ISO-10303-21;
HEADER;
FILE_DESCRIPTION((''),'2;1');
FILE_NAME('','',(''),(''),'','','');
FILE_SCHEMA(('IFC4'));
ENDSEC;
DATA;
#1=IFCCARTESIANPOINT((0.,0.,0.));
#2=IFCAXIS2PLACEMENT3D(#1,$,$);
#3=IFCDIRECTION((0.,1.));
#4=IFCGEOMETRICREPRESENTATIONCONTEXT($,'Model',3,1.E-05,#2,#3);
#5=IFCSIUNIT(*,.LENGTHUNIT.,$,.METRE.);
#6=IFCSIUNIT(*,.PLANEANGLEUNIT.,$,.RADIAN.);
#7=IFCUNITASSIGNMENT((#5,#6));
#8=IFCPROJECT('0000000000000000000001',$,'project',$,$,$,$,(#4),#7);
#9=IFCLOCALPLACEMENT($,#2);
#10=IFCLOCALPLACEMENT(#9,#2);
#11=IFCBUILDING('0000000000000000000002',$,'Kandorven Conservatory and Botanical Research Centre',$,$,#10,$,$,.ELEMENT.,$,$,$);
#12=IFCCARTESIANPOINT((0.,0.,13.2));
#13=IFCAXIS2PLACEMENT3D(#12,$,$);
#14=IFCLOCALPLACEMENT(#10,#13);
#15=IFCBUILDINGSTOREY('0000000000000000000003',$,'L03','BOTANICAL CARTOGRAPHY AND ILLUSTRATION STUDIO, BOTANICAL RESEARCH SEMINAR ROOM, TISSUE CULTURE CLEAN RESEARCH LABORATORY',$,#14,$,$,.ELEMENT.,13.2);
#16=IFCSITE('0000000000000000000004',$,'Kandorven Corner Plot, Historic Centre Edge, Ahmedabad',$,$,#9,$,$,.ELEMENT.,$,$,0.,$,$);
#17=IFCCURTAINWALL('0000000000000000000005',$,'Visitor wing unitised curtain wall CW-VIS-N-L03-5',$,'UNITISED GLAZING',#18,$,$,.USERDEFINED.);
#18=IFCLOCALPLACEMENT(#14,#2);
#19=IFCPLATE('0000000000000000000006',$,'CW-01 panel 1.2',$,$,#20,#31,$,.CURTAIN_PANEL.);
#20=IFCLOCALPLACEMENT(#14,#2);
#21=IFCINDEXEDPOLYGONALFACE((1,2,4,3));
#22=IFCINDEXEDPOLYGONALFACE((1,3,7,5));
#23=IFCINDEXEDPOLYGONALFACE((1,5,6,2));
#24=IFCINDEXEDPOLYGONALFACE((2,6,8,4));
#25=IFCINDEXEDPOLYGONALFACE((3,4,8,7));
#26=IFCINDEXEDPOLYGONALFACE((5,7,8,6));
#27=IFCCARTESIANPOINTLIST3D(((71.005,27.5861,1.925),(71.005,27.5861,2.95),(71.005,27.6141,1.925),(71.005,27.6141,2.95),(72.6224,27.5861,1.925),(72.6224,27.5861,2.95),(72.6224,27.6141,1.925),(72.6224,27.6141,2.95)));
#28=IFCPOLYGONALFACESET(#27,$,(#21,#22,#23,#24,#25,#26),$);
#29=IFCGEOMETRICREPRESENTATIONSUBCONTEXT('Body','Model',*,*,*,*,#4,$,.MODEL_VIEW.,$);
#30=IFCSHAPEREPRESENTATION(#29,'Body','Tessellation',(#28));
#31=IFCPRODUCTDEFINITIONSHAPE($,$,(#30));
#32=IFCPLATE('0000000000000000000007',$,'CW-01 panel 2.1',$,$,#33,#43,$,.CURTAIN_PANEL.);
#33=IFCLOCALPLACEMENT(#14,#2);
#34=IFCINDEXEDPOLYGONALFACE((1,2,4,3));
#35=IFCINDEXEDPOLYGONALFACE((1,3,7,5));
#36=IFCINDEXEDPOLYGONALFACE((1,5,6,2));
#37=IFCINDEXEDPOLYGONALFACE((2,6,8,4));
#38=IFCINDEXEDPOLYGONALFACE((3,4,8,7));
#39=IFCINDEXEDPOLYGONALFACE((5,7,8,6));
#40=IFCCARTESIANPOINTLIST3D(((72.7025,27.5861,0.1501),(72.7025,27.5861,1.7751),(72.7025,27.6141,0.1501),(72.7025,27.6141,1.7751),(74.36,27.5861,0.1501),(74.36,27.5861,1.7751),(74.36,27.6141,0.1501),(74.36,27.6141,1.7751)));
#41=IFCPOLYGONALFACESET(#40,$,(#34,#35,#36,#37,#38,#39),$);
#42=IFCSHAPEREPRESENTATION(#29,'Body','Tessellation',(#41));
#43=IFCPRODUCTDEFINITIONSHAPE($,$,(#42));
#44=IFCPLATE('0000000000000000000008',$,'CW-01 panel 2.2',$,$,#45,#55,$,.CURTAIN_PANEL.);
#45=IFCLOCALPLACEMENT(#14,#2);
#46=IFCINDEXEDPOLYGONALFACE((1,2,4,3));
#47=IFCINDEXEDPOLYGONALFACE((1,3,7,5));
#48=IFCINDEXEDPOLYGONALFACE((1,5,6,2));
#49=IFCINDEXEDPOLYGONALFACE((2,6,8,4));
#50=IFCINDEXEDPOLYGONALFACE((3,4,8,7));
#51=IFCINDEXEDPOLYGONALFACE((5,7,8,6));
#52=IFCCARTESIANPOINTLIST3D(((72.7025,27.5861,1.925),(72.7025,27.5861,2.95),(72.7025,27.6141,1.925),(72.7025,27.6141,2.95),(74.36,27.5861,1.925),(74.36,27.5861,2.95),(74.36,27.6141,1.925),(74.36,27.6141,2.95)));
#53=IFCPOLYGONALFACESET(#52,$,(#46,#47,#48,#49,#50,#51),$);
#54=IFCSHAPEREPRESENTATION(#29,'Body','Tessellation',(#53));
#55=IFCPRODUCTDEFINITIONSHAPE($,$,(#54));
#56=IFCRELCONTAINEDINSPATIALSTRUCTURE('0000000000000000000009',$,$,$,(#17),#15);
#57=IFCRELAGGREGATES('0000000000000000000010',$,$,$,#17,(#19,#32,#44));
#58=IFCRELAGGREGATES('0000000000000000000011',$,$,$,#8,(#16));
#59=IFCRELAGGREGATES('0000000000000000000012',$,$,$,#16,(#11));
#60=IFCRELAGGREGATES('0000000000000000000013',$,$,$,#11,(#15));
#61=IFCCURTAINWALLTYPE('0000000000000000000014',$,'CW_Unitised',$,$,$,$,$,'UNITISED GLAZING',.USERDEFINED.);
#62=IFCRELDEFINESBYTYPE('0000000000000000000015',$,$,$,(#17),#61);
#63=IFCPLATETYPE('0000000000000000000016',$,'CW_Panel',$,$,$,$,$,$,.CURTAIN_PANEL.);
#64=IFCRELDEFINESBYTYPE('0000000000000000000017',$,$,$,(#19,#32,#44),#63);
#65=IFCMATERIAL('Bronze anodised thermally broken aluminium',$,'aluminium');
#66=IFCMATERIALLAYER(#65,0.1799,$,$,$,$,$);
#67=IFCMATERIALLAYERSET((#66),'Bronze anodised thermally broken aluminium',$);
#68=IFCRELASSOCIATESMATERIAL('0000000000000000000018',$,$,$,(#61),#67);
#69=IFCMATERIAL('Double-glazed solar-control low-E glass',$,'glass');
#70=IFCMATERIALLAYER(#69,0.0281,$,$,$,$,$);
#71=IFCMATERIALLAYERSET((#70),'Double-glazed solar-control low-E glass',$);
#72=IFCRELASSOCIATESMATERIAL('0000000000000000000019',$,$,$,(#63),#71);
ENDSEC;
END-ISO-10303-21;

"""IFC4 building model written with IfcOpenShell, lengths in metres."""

from ifc_helpers import new_model, si_unit, direction, frame, origin, origin_2d, place, context, subcontext, project, spatial, rectangle, extrude, material, layer, layer_set, type_object, element, aggregate, save


model = new_model("IFC4")

# Units and contexts
model_context = context("Model", 3, precision=1e-05, world=origin(), true_north=direction((0.0, 1.0)))
body_context = subcontext(model_context, "Body", "Model", "MODEL_VIEW")
ifc_project = project(units=[si_unit("LENGTHUNIT", "METRE"), si_unit("PLANEANGLEUNIT", "RADIAN")], contexts=[model_context])

# Site, building, storey
site_placement = place(None, origin())
site = spatial("IfcSite", under=ifc_project, at=site_placement, Name="Kandorven Corner Plot, Historic Centre Edge, Ahmedabad", CompositionType="ELEMENT", RefElevation=0.0)
building_placement = place(site_placement, origin())
building = spatial("IfcBuilding", under=site, at=building_placement, Name="Kandorven Conservatory and Botanical Research Centre", CompositionType="ELEMENT")
storey_placement = place(building_placement, frame((0.0, 0.0, 13.2)))
storey = spatial("IfcBuildingStorey", under=building, at=storey_placement, Name="L03", Description="BOTANICAL CARTOGRAPHY AND ILLUSTRATION STUDIO, BOTANICAL RESEARCH SEMINAR ROOM, TISSUE CULTURE CLEAN RESEARCH LABORATORY", CompositionType="ELEMENT", Elevation=13.2)

# Curtain wall
ifc_material_1 = material(Name="Bronze anodised thermally broken aluminium", Category="aluminium")
ifc_layer_1 = layer(ifc_material_1, 0.1799)
ifc_layer_set_1 = layer_set([ifc_layer_1], Name="Bronze anodised thermally broken aluminium")
curtain_wall_type = type_object("IfcCurtainWallType", Name="CW_Unitised", ElementType="UNITISED GLAZING", PredefinedType="USERDEFINED", material=ifc_layer_set_1)
curtain_wall_1_placement = place(storey_placement, origin())
curtain_wall_1 = element("IfcCurtainWall", 1, at=curtain_wall_1_placement, inside=storey, type_object=curtain_wall_type, Name="Visitor wing unitised curtain wall CW-VIS-N-L03-5", ObjectType="UNITISED GLAZING", PredefinedType="USERDEFINED")

# Plates
ifc_material_2 = material(Name="Double-glazed solar-control low-E glass", Category="glass")
ifc_layer_2 = layer(ifc_material_2, 0.0281)
ifc_layer_set_2 = layer_set([ifc_layer_2], Name="Double-glazed solar-control low-E glass")
plate_type = type_object("IfcPlateType", Name="CW_Panel", PredefinedType="CURTAIN_PANEL", material=ifc_layer_set_2)
plate_1_placement = place(storey_placement, frame((71.8137, 27.6001, 1.925), z_axis=(0.0, 0.0, 1.0), x_axis=(1.0, 0.0, 0.0)))
plate_1 = element("IfcPlate", 2, at=plate_1_placement, type_object=plate_type, Name="CW-01 panel 1.2", PredefinedType="CURTAIN_PANEL", context=body_context, shape_type="SweptSolid", body=[
    extrude(rectangle(XDim=1.6174, YDim=0.0281, at=origin_2d()), origin(), (0.0, 0.0, 1.0), 1.0249),
])
plate_2_placement = place(storey_placement, frame((73.5312, 27.6001, 0.1501), z_axis=(0.0, 0.0, 1.0), x_axis=(1.0, 0.0, 0.0)))
plate_2 = element("IfcPlate", 3, at=plate_2_placement, type_object=plate_type, Name="CW-01 panel 2.1", PredefinedType="CURTAIN_PANEL", context=body_context, shape_type="SweptSolid", body=[
    extrude(rectangle(XDim=1.6575, YDim=0.0281, at=origin_2d()), origin(), (0.0, 0.0, 1.0), 1.625),
])
plate_3_placement = place(storey_placement, frame((73.5312, 27.6001, 1.925), z_axis=(0.0, 0.0, 1.0), x_axis=(1.0, 0.0, 0.0)))
plate_3 = element("IfcPlate", 4, at=plate_3_placement, type_object=plate_type, Name="CW-01 panel 2.2", PredefinedType="CURTAIN_PANEL", context=body_context, shape_type="SweptSolid", body=[
    extrude(rectangle(XDim=1.6575, YDim=0.0281, at=origin_2d()), origin(), (0.0, 0.0, 1.0), 1.0249),
])
aggregate(curtain_wall_1, [plate_1, plate_2, plate_3])

save(model, "model.ifc")
